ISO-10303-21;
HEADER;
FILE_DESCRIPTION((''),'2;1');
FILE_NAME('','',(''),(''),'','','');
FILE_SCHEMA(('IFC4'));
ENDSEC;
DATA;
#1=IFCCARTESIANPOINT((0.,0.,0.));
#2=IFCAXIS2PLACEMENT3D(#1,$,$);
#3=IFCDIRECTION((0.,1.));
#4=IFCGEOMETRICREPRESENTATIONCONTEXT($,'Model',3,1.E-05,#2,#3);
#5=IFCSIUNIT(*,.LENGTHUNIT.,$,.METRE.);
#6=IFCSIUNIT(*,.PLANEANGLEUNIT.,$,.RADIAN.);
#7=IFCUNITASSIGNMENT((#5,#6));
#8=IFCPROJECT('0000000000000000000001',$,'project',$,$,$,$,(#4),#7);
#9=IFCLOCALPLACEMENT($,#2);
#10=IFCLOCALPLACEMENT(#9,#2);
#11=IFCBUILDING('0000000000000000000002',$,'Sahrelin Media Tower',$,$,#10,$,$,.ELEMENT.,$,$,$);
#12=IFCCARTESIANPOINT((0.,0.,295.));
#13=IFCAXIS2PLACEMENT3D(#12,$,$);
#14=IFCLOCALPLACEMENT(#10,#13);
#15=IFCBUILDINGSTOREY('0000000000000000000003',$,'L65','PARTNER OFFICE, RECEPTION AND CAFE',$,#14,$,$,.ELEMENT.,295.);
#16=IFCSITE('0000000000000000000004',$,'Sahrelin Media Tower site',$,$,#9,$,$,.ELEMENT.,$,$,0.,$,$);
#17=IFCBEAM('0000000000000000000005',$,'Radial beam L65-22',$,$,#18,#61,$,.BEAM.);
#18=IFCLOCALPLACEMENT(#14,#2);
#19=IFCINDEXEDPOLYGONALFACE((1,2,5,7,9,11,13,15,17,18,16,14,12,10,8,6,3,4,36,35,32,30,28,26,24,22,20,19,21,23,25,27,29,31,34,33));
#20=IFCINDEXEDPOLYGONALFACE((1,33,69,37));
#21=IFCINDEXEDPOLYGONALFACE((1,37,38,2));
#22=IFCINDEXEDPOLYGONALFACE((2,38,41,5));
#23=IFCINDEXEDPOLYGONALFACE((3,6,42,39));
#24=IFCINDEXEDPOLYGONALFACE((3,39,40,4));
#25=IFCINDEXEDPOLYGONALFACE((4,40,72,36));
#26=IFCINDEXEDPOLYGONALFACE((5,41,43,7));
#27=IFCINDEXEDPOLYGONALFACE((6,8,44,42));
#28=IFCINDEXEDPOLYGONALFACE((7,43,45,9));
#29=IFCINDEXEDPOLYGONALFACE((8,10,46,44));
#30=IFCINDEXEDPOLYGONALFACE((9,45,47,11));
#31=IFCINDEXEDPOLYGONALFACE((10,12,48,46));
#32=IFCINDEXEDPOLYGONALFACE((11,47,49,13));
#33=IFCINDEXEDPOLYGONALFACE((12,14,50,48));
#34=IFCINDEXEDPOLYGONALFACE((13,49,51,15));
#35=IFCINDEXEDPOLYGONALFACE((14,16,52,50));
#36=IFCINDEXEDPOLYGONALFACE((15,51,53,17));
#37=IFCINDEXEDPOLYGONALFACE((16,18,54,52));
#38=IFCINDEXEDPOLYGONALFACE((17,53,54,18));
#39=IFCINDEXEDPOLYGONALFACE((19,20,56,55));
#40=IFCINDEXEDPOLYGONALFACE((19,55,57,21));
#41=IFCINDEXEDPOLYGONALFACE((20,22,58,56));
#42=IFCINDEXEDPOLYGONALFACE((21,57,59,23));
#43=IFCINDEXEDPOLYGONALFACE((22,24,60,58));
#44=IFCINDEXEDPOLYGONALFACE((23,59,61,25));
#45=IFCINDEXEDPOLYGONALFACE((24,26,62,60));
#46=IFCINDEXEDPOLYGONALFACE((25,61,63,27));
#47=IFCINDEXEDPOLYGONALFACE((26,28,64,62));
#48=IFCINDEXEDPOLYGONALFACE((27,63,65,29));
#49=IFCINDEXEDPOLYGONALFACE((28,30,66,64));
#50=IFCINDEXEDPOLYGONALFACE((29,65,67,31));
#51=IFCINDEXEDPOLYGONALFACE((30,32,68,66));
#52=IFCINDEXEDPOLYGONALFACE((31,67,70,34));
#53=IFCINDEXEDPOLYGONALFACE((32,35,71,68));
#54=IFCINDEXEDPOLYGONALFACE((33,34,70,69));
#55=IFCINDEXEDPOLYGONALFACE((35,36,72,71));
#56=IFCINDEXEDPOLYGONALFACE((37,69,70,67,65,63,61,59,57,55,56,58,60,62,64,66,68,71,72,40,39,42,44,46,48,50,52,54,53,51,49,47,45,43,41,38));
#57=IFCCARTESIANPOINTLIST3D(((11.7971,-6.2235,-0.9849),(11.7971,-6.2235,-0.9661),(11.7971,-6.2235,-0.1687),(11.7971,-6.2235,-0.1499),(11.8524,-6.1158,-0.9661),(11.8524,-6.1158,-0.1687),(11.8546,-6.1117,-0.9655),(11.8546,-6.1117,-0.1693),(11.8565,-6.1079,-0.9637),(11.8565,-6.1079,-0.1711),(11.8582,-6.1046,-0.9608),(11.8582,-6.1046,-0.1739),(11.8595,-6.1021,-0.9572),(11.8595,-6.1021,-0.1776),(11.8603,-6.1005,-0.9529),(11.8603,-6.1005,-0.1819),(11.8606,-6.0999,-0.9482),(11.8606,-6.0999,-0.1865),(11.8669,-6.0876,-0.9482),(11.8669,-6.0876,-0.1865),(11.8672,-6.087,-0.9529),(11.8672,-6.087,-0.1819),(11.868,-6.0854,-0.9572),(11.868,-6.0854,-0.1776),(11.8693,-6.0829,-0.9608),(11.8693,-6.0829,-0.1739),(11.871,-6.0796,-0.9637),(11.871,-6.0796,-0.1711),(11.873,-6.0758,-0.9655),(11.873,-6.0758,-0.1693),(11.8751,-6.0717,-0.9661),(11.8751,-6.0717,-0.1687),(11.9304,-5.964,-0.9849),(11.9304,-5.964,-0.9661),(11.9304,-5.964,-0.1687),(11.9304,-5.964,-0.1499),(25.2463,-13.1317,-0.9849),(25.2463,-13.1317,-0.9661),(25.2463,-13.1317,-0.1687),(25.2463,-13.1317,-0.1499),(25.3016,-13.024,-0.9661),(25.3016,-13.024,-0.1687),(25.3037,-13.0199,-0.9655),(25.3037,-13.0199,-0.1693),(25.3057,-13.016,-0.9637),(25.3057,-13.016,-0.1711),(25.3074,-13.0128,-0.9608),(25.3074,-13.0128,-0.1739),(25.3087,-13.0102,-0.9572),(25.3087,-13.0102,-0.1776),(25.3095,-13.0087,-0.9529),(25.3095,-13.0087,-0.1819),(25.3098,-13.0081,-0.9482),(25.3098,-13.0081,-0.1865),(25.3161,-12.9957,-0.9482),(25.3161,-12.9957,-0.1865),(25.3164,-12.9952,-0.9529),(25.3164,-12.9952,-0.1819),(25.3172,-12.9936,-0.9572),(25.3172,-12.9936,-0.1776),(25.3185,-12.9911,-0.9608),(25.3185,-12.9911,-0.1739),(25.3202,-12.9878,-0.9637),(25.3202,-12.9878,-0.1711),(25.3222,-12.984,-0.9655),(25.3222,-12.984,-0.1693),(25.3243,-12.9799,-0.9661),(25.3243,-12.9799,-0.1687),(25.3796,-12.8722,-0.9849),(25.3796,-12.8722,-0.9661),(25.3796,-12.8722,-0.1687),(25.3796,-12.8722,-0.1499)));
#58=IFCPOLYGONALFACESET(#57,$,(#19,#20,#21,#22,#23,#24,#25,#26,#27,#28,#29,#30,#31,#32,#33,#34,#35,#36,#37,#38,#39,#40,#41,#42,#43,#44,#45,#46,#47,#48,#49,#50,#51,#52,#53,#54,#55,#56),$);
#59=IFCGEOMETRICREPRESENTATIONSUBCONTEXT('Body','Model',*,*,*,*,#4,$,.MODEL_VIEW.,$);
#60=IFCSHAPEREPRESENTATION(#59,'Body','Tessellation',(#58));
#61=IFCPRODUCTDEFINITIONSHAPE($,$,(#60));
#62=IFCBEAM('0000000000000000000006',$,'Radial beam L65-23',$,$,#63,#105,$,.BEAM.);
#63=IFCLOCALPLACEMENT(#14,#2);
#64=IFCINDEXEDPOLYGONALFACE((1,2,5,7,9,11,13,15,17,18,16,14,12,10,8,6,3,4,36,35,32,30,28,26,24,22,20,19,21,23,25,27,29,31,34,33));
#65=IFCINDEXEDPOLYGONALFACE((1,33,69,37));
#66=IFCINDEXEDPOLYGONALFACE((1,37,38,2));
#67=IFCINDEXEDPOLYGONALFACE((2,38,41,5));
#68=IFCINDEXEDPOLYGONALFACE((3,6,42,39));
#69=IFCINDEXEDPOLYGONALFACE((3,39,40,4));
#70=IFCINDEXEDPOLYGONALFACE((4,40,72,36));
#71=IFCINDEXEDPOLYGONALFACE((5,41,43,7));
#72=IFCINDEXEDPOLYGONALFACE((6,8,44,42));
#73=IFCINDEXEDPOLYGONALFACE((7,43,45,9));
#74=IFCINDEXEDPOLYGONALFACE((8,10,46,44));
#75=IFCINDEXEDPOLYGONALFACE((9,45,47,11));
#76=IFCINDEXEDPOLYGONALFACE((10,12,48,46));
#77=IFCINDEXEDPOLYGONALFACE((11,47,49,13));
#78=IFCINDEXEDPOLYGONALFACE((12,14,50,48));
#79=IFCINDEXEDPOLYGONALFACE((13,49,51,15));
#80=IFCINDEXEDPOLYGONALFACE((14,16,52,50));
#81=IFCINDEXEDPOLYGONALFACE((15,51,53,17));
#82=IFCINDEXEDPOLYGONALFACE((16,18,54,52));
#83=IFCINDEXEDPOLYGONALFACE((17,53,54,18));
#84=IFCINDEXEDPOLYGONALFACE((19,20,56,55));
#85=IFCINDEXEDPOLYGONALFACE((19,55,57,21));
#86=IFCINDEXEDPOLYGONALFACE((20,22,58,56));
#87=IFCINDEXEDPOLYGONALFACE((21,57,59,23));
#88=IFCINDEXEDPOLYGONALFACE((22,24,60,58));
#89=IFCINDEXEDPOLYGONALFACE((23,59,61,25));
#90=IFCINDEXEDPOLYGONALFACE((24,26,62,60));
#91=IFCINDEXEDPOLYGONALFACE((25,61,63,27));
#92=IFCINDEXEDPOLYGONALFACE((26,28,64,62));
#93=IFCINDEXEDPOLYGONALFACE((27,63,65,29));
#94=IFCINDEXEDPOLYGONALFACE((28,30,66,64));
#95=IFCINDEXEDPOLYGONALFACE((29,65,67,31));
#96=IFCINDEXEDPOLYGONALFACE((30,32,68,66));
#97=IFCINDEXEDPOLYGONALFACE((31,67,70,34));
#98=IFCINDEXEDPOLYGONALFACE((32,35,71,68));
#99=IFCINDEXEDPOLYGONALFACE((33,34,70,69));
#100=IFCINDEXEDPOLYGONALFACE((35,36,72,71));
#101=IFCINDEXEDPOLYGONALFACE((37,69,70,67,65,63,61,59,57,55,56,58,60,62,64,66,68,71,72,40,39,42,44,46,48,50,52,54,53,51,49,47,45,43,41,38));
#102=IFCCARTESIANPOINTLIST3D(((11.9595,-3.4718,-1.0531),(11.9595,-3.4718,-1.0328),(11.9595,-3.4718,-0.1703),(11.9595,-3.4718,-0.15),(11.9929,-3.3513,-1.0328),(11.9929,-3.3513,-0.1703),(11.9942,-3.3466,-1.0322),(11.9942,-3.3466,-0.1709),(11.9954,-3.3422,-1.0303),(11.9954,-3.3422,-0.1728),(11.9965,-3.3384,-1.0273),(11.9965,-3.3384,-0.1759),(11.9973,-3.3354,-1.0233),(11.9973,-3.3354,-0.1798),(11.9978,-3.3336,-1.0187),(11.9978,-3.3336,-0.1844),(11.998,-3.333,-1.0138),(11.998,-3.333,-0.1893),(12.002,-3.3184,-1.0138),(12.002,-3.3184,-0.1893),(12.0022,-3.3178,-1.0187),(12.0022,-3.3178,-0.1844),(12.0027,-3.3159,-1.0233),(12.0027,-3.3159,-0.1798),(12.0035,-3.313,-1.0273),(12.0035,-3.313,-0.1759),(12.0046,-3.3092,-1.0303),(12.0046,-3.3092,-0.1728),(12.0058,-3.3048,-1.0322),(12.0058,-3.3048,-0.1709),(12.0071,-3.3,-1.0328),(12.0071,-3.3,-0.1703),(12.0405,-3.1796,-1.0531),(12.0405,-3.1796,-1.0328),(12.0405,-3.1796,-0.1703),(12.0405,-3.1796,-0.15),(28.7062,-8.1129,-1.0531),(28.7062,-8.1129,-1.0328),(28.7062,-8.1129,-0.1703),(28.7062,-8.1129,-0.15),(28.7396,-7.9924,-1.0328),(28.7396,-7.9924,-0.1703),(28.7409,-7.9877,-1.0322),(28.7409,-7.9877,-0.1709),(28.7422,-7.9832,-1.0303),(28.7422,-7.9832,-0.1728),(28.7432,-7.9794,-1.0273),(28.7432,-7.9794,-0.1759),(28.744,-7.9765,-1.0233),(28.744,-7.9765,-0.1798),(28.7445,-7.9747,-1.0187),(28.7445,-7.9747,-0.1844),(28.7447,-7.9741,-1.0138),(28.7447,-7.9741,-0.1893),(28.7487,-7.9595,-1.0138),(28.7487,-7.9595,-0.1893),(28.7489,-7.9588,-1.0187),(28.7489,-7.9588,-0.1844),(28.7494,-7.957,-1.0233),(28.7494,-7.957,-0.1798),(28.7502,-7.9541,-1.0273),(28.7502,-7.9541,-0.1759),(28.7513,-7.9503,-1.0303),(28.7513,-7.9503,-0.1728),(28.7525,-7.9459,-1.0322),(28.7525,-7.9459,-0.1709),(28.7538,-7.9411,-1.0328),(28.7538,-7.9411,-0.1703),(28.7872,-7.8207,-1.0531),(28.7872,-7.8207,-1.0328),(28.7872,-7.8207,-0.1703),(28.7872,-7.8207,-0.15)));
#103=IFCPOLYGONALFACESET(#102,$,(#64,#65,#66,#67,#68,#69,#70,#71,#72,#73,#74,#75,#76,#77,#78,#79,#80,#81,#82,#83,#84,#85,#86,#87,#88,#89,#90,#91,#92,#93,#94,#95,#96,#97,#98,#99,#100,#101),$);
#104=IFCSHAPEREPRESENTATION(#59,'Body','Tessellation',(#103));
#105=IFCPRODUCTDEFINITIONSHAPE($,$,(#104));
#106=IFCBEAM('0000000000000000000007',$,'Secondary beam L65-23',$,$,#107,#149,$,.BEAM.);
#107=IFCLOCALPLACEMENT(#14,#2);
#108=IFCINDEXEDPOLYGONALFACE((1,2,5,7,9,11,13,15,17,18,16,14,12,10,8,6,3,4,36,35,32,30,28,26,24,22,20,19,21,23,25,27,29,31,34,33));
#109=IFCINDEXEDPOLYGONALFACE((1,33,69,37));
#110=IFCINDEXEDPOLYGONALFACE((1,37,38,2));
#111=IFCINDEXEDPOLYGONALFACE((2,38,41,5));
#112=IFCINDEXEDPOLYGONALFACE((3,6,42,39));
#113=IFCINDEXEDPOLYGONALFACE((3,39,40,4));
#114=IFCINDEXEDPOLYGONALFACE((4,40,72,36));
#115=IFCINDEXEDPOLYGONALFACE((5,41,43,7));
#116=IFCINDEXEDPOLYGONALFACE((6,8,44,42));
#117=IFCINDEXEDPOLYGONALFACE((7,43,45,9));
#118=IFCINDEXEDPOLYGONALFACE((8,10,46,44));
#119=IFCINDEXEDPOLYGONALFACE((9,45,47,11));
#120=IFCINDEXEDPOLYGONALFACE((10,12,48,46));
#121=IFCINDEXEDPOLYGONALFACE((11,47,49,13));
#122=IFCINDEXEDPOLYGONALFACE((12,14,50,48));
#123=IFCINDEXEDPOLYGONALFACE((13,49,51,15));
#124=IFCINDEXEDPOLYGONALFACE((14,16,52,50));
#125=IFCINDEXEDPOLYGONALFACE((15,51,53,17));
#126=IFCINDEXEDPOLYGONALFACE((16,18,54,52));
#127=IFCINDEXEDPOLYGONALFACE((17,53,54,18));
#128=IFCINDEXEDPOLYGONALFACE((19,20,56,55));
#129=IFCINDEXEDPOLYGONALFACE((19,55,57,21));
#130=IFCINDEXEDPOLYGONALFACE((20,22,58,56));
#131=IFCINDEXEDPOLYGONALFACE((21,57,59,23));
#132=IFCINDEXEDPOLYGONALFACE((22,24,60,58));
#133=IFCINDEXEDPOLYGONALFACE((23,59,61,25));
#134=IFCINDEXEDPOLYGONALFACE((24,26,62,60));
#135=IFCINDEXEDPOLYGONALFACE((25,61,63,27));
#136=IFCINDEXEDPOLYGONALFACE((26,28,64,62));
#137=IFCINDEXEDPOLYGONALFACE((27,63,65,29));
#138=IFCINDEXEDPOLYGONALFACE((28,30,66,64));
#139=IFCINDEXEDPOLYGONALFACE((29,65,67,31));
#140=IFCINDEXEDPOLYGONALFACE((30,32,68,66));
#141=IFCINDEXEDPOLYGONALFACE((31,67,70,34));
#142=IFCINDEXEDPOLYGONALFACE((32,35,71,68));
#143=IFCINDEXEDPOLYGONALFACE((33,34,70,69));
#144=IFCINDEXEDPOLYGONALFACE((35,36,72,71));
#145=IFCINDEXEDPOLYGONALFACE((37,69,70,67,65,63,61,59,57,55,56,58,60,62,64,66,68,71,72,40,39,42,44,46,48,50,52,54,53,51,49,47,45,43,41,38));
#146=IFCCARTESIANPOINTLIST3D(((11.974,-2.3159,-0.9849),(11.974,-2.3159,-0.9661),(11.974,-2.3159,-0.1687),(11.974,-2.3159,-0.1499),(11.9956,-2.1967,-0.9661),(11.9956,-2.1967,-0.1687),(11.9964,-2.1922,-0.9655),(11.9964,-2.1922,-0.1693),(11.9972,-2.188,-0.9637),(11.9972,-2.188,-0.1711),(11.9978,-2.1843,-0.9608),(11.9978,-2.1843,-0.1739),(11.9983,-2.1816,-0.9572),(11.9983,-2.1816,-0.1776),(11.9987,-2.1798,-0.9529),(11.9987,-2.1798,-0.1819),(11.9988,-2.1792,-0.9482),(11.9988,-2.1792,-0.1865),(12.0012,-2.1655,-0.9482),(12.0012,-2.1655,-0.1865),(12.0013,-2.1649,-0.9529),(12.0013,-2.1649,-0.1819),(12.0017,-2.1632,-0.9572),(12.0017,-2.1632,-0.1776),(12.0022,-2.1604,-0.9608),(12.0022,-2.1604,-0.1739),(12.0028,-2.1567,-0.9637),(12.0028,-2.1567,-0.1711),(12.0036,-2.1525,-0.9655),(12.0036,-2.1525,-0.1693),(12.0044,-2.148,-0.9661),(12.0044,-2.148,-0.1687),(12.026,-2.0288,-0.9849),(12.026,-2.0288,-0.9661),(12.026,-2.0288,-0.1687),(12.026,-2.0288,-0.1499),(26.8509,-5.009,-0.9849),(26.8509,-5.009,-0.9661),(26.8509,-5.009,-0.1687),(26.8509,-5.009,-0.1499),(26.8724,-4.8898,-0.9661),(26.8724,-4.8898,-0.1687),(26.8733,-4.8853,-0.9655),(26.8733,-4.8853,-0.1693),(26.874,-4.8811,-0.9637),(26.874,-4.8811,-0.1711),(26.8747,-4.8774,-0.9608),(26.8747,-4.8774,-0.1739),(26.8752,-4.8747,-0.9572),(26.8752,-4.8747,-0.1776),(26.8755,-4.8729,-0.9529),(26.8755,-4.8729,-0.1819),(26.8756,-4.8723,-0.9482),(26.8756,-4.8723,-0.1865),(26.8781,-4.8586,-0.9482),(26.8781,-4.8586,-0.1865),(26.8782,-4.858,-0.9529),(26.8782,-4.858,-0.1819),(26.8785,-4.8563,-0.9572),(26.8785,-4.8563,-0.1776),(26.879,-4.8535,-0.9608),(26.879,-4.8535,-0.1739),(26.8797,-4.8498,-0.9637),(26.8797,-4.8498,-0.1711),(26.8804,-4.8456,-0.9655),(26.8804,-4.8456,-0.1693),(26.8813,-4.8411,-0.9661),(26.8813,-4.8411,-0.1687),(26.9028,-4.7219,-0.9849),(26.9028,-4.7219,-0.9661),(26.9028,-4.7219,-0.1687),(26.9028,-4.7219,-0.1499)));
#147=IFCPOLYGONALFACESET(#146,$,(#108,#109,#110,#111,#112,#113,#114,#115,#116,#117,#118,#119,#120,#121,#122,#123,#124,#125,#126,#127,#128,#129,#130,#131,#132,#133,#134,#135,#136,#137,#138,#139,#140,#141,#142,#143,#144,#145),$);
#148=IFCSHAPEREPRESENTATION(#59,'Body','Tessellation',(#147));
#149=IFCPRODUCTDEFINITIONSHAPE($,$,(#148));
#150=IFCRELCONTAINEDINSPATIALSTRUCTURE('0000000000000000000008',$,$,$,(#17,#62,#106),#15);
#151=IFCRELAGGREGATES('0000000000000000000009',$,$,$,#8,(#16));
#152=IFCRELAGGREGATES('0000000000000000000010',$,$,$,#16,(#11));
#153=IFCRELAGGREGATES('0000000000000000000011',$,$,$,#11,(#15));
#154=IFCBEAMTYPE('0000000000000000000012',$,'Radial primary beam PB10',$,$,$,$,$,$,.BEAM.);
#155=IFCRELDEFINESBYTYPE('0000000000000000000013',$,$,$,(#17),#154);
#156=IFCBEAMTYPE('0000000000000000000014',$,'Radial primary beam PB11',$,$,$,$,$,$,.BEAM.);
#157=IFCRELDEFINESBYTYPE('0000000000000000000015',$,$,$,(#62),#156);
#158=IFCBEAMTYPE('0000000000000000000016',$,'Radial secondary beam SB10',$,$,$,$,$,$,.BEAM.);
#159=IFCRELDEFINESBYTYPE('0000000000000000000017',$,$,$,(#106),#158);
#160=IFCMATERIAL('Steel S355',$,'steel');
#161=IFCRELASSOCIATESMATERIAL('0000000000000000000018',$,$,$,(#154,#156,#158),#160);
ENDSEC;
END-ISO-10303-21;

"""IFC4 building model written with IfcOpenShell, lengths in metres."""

from ifc_helpers import new_model, si_unit, direction, frame, origin, origin_2d, place, context, subcontext, project, spatial, i_section, extrude, material, material_profile, profile_set, type_object, element, save


model = new_model("IFC4")

# Units and contexts
model_context = context("Model", 3, precision=1e-05, world=origin(), true_north=direction((0.0, 1.0)))
body_context = subcontext(model_context, "Body", "Model", "MODEL_VIEW")
ifc_project = project(units=[si_unit("LENGTHUNIT", "METRE"), si_unit("PLANEANGLEUNIT", "RADIAN")], contexts=[model_context])

# Site, building, storey
site_placement = place(None, origin())
site = spatial("IfcSite", under=ifc_project, at=site_placement, Name="Sahrelin Media Tower site", CompositionType="ELEMENT", RefElevation=0.0)
building_placement = place(site_placement, origin())
building = spatial("IfcBuilding", under=site, at=building_placement, Name="Sahrelin Media Tower", CompositionType="ELEMENT")
storey_placement = place(building_placement, frame((0.0, 0.0, 295.0)))
storey = spatial("IfcBuildingStorey", under=building, at=storey_placement, Name="L65", Description="PARTNER OFFICE, RECEPTION AND CAFE", CompositionType="ELEMENT", Elevation=295.0)

# Beams
ifc_material_1 = material(Name="Steel S355", Category="steel")
ifc_material_profile_1 = material_profile(ifc_material_1, i_section(OverallWidth=0.2917, OverallDepth=0.835, WebThickness=0.0139, FlangeThickness=0.0188, FilletRadius=0.0178, at=origin_2d()), Name="UB 838x292x176")
ifc_profile_set_1 = profile_set([ifc_material_profile_1], Name="Steel S355")
beam_type_1 = type_object("IfcBeamType", Name="Radial primary beam PB10", PredefinedType="BEAM", material=ifc_profile_set_1)
beam_1_placement = place(storey_placement, frame((11.8638, -6.0938, -0.5674), z_axis=(0.889517, -0.456901, 0.0), x_axis=(0.456901, 0.889517, 0.0)))
element("IfcBeam", 1, at=beam_1_placement, inside=storey, type_object=beam_type_1, Name="Radial beam L65-22", PredefinedType="BEAM", context=body_context, shape_type="SweptSolid", body=[
    extrude(i_section(OverallWidth=0.2917, OverallDepth=0.835, WebThickness=0.0139, FlangeThickness=0.0188, FilletRadius=0.0178, at=origin_2d()), origin(), (0.0, 0.0, 1.0), 15.1196),
])
ifc_material_profile_2 = material_profile(ifc_material_1, i_section(OverallWidth=0.3032, OverallDepth=0.9031, WebThickness=0.0151, FlangeThickness=0.0203, FilletRadius=0.019, at=origin_2d()), Name="UB 914x305x201")
ifc_profile_set_2 = profile_set([ifc_material_profile_2], Name="Steel S355")
beam_type_2 = type_object("IfcBeamType", Name="Radial primary beam PB11", PredefinedType="BEAM", material=ifc_profile_set_2)
beam_2_placement = place(storey_placement, frame((12.0, -3.3257, -0.6016), z_axis=(0.963678, -0.267068, 0.0), x_axis=(0.267068, 0.963678, 0.0)))
element("IfcBeam", 2, at=beam_2_placement, inside=storey, type_object=beam_type_2, Name="Radial beam L65-23", PredefinedType="BEAM", context=body_context, shape_type="SweptSolid", body=[
    extrude(i_section(OverallWidth=0.3032, OverallDepth=0.9031, WebThickness=0.0151, FlangeThickness=0.0203, FilletRadius=0.019, at=origin_2d()), origin(), (0.0, 0.0, 1.0), 17.3779),
])
ifc_material_profile_3 = material_profile(ifc_material_1, i_section(OverallWidth=0.2917, OverallDepth=0.835, WebThickness=0.0139, FlangeThickness=0.0188, FilletRadius=0.0178, at=origin_2d()), Name="UB 838x292x176")
ifc_profile_set_3 = profile_set([ifc_material_profile_3], Name="Steel S355")
beam_type_3 = type_object("IfcBeamType", Name="Radial secondary beam SB10", PredefinedType="BEAM", material=ifc_profile_set_3)
beam_3_placement = place(storey_placement, frame((12.0, -2.1724, -0.5674), z_axis=(0.984007, -0.178131, 0.0), x_axis=(0.178131, 0.984007, 0.0)))
element("IfcBeam", 3, at=beam_3_placement, inside=storey, type_object=beam_type_3, Name="Secondary beam L65-23", PredefinedType="BEAM", context=body_context, shape_type="SweptSolid", body=[
    extrude(i_section(OverallWidth=0.2917, OverallDepth=0.835, WebThickness=0.0139, FlangeThickness=0.0188, FilletRadius=0.0178, at=origin_2d()), origin(), (0.0, 0.0, 1.0), 15.1187),
])

save(model, "model.ifc")
